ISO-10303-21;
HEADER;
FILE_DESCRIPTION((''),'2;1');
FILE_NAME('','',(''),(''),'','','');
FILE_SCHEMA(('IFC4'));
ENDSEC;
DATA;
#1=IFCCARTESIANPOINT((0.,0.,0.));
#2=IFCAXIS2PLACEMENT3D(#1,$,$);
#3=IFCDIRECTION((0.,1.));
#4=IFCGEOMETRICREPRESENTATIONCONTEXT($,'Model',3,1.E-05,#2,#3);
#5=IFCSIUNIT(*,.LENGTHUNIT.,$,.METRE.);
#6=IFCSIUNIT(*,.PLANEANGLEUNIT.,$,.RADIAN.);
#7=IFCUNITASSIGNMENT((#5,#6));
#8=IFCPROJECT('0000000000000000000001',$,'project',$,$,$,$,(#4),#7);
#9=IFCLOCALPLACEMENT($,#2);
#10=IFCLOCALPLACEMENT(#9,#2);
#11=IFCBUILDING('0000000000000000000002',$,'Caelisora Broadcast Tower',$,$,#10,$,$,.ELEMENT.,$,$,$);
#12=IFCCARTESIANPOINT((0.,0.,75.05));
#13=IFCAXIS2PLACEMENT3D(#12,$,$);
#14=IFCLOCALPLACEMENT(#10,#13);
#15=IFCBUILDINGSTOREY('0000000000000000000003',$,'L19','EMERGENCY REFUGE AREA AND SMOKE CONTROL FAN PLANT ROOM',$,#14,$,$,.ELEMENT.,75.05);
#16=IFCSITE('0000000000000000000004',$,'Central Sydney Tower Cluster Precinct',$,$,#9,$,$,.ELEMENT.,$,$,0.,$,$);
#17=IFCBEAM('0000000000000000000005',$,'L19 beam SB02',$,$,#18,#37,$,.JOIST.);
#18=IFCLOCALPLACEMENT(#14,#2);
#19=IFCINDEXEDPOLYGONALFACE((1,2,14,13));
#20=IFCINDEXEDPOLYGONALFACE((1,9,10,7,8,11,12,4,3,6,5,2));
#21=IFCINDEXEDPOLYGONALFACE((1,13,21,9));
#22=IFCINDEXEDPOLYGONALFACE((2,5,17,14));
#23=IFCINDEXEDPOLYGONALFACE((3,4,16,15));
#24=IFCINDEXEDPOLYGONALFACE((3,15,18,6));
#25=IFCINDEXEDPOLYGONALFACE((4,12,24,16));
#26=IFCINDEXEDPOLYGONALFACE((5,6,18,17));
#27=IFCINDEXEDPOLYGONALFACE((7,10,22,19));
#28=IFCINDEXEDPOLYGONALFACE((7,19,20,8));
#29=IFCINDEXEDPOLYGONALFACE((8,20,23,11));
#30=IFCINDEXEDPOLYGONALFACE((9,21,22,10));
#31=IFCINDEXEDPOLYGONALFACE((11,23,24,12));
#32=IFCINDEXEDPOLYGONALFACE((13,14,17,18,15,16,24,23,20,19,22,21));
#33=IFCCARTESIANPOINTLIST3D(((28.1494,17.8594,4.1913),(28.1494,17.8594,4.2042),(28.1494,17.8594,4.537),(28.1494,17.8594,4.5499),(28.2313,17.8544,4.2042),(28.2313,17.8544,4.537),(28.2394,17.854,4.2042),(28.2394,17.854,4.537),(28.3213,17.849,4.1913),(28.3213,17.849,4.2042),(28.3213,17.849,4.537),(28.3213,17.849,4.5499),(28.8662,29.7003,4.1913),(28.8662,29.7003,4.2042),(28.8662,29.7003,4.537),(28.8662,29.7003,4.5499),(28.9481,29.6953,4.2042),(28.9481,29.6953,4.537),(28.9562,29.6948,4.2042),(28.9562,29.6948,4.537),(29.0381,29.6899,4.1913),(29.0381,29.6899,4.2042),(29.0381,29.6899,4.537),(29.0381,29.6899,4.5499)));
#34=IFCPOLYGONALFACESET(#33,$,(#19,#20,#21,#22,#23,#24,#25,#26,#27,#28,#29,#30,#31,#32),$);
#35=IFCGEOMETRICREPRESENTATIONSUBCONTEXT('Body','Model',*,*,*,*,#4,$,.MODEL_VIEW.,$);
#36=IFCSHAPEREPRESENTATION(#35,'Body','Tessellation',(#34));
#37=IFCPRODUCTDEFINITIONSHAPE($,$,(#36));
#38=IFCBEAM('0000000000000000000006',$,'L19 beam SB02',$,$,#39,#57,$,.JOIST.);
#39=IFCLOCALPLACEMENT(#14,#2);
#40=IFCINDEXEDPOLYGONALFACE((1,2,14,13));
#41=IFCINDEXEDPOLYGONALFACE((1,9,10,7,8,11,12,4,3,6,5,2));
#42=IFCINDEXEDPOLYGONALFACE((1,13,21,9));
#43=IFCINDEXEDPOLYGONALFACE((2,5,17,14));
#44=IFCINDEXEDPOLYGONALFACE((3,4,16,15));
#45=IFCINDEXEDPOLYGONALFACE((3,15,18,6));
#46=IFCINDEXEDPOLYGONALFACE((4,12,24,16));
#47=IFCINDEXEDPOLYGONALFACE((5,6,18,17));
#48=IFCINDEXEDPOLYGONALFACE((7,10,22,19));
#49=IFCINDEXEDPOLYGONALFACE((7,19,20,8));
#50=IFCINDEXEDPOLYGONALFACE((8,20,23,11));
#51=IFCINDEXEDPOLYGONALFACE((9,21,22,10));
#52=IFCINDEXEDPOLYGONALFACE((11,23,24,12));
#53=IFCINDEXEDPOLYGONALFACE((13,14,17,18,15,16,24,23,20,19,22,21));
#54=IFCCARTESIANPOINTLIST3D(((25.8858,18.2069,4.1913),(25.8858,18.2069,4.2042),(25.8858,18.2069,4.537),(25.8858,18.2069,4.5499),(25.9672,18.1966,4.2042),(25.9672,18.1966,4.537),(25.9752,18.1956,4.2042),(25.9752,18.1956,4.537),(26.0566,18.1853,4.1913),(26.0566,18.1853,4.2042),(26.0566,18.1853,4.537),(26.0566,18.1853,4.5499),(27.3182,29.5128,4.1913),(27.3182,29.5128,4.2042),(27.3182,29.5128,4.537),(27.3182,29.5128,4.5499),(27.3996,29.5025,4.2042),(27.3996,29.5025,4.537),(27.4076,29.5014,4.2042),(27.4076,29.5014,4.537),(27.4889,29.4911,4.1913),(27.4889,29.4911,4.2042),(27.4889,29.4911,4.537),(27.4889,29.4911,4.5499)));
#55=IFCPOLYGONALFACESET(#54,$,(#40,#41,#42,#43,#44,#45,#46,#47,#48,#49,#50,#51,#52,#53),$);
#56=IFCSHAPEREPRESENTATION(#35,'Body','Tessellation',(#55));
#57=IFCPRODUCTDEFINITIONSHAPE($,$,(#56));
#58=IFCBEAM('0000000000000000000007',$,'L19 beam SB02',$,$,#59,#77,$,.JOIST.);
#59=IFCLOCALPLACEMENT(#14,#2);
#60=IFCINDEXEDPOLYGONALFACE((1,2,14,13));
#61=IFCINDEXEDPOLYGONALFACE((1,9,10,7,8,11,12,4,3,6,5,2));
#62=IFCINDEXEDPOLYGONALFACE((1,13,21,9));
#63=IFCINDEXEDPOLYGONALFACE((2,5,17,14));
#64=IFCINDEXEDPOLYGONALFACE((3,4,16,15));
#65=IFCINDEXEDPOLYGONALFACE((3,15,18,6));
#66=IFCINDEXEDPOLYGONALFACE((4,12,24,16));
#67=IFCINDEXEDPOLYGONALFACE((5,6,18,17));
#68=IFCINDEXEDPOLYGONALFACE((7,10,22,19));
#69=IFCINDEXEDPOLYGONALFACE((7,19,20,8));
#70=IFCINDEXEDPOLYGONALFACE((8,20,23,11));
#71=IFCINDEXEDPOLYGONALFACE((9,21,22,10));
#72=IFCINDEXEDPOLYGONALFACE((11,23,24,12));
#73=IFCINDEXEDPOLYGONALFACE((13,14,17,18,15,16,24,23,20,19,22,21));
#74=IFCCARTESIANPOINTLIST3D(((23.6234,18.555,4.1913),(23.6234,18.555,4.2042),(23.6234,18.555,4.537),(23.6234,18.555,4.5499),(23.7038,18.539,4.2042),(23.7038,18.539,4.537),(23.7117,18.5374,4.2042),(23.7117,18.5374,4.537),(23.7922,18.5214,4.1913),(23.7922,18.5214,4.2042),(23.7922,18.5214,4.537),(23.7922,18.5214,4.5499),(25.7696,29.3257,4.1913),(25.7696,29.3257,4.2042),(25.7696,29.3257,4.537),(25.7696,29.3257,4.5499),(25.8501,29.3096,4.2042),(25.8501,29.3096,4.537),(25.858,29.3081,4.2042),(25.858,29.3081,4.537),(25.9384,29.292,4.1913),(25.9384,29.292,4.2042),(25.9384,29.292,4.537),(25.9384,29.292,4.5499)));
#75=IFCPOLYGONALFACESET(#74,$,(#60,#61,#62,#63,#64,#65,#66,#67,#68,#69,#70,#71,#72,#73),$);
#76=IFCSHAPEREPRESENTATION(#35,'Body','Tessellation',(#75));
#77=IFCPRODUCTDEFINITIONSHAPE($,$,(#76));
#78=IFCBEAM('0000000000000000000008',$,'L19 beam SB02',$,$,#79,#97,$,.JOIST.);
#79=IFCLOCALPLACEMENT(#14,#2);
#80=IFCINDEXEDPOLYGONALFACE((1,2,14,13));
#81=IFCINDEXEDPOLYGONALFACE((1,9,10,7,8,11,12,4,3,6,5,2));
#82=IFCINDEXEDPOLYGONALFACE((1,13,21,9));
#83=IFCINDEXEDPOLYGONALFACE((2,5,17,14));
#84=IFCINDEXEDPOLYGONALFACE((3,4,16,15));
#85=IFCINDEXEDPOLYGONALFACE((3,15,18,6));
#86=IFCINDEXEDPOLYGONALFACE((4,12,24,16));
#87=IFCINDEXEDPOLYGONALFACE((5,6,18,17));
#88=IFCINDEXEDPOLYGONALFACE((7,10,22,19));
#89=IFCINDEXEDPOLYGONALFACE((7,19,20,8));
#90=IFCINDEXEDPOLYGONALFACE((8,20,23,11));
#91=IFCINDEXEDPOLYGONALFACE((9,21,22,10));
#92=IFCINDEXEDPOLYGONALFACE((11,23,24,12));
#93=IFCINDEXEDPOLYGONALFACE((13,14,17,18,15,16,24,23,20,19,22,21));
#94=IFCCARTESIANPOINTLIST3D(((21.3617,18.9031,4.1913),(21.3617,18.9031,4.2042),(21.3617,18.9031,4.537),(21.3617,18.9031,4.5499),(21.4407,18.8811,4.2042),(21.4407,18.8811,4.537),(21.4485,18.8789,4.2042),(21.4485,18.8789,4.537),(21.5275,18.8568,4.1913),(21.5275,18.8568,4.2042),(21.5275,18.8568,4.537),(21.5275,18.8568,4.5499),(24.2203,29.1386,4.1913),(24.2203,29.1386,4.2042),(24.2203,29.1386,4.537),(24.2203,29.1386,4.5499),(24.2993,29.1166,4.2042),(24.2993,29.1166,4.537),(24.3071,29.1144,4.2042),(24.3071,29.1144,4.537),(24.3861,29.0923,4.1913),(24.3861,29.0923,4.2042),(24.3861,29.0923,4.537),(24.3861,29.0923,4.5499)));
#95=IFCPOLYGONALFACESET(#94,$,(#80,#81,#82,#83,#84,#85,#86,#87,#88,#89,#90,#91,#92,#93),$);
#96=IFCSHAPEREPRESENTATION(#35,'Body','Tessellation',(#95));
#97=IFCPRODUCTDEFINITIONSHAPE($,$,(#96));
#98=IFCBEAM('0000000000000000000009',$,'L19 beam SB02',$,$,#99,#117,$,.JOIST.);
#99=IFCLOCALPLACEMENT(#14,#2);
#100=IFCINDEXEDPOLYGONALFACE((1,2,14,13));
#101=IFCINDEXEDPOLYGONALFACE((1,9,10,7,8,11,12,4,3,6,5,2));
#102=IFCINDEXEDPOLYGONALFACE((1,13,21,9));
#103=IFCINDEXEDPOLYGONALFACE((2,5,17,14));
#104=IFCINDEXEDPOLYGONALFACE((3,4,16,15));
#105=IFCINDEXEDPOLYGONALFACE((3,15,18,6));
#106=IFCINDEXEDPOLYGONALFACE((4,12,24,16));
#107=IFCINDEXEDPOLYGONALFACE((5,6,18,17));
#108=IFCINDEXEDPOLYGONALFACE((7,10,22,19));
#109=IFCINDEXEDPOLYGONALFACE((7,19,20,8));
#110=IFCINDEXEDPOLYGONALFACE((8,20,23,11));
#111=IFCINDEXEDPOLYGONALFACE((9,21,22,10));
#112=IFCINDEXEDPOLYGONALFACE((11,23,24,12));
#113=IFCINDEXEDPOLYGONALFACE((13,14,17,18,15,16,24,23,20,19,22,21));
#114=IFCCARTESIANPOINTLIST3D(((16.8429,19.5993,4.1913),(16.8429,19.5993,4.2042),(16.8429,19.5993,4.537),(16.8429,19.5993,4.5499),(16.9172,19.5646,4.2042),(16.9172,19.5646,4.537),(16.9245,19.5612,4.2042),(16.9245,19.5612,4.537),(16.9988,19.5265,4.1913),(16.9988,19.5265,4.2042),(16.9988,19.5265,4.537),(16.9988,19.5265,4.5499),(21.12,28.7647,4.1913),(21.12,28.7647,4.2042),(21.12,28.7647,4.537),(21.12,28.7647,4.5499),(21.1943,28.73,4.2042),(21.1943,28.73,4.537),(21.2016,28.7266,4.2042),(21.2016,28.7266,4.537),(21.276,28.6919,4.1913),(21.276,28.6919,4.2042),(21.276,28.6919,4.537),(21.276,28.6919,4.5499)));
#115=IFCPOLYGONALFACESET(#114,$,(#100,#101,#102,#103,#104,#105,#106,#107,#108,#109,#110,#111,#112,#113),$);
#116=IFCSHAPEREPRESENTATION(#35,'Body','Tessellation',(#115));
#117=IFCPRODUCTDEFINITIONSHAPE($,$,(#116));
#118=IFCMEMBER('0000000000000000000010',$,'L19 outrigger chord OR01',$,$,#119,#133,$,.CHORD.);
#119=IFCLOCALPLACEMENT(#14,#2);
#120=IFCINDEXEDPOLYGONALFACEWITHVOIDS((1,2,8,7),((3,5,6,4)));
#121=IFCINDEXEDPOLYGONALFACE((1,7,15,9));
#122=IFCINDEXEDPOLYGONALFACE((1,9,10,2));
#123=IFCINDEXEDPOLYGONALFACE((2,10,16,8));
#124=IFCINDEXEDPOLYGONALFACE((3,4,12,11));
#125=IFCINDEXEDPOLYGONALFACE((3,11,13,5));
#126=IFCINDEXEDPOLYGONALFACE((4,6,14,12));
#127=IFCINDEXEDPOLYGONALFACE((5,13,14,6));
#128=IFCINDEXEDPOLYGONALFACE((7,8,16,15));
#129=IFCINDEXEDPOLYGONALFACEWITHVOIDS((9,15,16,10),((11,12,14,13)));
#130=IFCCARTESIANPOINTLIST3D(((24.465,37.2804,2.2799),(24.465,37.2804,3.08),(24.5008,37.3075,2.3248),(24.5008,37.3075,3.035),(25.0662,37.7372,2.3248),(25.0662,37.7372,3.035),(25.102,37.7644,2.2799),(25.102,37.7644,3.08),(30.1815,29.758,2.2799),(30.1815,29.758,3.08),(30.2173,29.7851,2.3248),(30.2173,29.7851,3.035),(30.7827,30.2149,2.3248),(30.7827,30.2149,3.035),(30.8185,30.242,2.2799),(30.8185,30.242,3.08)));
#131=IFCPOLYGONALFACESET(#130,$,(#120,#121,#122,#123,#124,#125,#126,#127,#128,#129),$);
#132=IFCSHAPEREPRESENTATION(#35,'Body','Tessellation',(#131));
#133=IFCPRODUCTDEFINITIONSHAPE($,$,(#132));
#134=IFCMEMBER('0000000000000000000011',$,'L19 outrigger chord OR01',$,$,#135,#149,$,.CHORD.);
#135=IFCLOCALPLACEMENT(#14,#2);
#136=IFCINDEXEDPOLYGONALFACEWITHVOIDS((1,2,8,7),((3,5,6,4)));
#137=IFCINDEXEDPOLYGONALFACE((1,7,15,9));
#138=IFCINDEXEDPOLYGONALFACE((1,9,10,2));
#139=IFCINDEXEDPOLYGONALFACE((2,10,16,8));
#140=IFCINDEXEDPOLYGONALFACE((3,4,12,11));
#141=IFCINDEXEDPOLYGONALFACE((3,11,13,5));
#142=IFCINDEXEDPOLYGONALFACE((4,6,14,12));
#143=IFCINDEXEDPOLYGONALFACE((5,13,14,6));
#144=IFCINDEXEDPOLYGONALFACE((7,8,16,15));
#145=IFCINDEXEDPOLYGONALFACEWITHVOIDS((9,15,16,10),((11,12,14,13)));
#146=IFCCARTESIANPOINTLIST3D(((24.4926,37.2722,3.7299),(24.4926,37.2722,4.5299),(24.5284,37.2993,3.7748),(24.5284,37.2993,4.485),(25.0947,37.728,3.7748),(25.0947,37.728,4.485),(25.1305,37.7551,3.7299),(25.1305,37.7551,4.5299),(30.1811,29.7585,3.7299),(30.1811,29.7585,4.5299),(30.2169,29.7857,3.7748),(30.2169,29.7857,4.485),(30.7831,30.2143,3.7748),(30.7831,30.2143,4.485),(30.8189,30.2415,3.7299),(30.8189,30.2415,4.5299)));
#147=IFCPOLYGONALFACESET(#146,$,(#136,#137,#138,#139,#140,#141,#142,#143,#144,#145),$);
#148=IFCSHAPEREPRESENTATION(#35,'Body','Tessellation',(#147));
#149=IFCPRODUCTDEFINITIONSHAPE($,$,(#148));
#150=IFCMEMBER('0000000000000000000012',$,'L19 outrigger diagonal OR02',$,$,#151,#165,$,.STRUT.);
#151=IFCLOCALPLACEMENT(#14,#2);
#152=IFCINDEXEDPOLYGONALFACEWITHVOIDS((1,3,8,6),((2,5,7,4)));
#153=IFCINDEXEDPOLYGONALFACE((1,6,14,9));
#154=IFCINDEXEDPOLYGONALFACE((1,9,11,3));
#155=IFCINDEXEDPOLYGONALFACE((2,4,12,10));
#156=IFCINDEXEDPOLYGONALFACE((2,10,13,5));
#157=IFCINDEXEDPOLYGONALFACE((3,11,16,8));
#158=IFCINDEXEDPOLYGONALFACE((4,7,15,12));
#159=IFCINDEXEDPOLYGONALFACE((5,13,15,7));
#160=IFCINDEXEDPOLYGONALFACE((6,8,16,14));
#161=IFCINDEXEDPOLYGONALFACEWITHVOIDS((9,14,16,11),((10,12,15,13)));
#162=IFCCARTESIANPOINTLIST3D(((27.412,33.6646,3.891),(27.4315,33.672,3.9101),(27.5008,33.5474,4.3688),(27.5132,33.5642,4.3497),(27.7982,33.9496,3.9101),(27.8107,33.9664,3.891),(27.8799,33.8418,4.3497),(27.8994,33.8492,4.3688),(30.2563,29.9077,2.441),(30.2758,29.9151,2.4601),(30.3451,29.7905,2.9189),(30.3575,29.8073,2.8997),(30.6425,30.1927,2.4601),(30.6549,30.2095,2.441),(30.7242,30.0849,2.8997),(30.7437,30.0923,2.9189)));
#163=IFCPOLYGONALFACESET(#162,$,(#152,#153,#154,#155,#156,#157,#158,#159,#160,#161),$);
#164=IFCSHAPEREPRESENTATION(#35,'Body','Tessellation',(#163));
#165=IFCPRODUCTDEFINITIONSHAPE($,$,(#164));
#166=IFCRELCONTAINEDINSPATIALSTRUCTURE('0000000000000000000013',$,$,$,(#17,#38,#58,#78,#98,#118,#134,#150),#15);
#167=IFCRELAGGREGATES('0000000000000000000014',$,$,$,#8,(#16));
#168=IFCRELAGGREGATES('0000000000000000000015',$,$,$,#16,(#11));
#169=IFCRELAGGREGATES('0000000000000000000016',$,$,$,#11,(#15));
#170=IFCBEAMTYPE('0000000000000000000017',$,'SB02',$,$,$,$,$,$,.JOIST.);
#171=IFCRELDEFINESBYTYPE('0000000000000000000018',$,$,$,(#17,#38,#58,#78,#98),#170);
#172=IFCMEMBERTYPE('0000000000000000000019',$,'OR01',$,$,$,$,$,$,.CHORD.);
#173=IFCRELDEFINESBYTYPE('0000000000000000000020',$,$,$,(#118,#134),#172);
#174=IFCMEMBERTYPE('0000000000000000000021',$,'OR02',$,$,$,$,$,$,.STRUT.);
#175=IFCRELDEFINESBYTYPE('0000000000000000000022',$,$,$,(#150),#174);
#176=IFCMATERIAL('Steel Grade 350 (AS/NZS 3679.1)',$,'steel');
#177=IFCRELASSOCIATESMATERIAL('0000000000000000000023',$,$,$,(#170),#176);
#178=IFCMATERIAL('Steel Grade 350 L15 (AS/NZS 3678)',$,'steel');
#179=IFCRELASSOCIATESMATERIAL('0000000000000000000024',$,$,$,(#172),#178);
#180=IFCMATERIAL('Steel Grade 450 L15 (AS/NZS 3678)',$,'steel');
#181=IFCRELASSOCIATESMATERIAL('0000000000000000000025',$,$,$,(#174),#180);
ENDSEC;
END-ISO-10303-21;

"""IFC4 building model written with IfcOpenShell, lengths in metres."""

from ifc_helpers import new_model, si_unit, direction, frame, origin, origin_2d, place, context, subcontext, project, spatial, hollow_rectangle, i_section, extrude, source, transform, mapped, material, material_profile, profile_set, type_object, type_shapes, element, save


model = new_model("IFC4")

# Units and contexts
model_context = context("Model", 3, precision=1e-05, world=origin(), true_north=direction((0.0, 1.0)))
body_context = subcontext(model_context, "Body", "Model", "MODEL_VIEW")
ifc_project = project(units=[si_unit("LENGTHUNIT", "METRE"), si_unit("PLANEANGLEUNIT", "RADIAN")], contexts=[model_context])

# Site, building, storey
site_placement = place(None, origin())
site = spatial("IfcSite", under=ifc_project, at=site_placement, Name="Central Sydney Tower Cluster Precinct", CompositionType="ELEMENT", RefElevation=0.0)
building_placement = place(site_placement, origin())
building = spatial("IfcBuilding", under=site, at=building_placement, Name="Caelisora Broadcast Tower", CompositionType="ELEMENT")
storey_placement = place(building_placement, frame((0.0, 0.0, 75.05)))
storey = spatial("IfcBuildingStorey", under=building, at=storey_placement, Name="L19", Description="EMERGENCY REFUGE AREA AND SMOKE CONTROL FAN PLANT ROOM", CompositionType="ELEMENT", Elevation=75.05)

# Shared definitions
ifc_material_1 = material(Name="Steel Grade 350 (AS/NZS 3679.1)", Category="steel")
ifc_material_2 = material(Name="Steel Grade 350 L15 (AS/NZS 3678)", Category="steel")

# Beams
ifc_material_profile_1 = material_profile(ifc_material_1, i_section(OverallWidth=0.1721, OverallDepth=0.3586, WebThickness=0.0081, FlangeThickness=0.0129, at=origin_2d()), Name="Steel Grade 350 (AS/NZS 3679.1)")
ifc_profile_set_1 = profile_set([ifc_material_profile_1], Name="Steel Grade 350 (AS/NZS 3679.1)")
beam_type_1 = type_object("IfcBeamType", Name="SB02", PredefinedType="JOIST", material=ifc_profile_set_1)
shared_shape_1 = source(origin(), body_context, "Body", "SweptSolid", [
    extrude(i_section(OverallWidth=0.1721, OverallDepth=0.3586, WebThickness=0.0081, FlangeThickness=0.0129, at=origin_2d()), origin(), (0.0, 0.0, 1.0), 11.8625),
])
beam_1_placement = place(storey_placement, frame((28.9521, 29.6951, 4.3706), z_axis=(-0.060425, -0.998173, 0.0), x_axis=(0.998173, -0.060425, 0.0)))
element("IfcBeam", 1, at=beam_1_placement, inside=storey, type_object=beam_type_1, Name="L19 beam SB02", PredefinedType="JOIST", context=body_context, shape_type="MappedRepresentation", body=[
    mapped(shared_shape_1, transform((0.0, 0.0, 0.0), scale=1.0)),
])
shared_shape_2 = source(origin(), body_context, "Body", "SweptSolid", [
    extrude(i_section(OverallWidth=0.1721, OverallDepth=0.3586, WebThickness=0.0081, FlangeThickness=0.0129, at=origin_2d()), origin(), (0.0, 0.0, 1.0), 11.3962),
])
beam_2_placement = place(storey_placement, frame((27.4036, 29.502, 4.3706), z_axis=(-0.125688, -0.99207, 0.0), x_axis=(0.99207, -0.125688, 0.0)))
element("IfcBeam", 2, at=beam_2_placement, inside=storey, type_object=beam_type_1, Name="L19 beam SB02", PredefinedType="JOIST", context=body_context, shape_type="MappedRepresentation", body=[
    mapped(shared_shape_2, transform((0.0, 0.0, 0.0), scale=1.0)),
])
shared_shape_3 = source(origin(), body_context, "Body", "SweptSolid", [
    extrude(i_section(OverallWidth=0.1721, OverallDepth=0.3586, WebThickness=0.0081, FlangeThickness=0.0129, at=origin_2d()), origin(), (0.0, 0.0, 1.0), 10.9824),
])
beam_3_placement = place(storey_placement, frame((25.854, 29.3088, 4.3706), z_axis=(-0.195424, -0.980719, 0.0), x_axis=(0.980719, -0.195424, 0.0)))
element("IfcBeam", 3, at=beam_3_placement, inside=storey, type_object=beam_type_1, Name="L19 beam SB02", PredefinedType="JOIST", context=body_context, shape_type="MappedRepresentation", body=[
    mapped(shared_shape_3, transform((0.0, 0.0, 0.0), scale=1.0)),
])
shared_shape_4 = source(origin(), body_context, "Body", "SweptSolid", [
    extrude(i_section(OverallWidth=0.1721, OverallDepth=0.3586, WebThickness=0.0081, FlangeThickness=0.0129, at=origin_2d()), origin(), (0.0, 0.0, 1.0), 10.6272),
])
beam_4_placement = place(storey_placement, frame((24.3032, 29.1155, 4.3706), z_axis=(-0.268991, -0.963143, 0.0), x_axis=(0.963143, -0.268991, 0.0)))
element("IfcBeam", 4, at=beam_4_placement, inside=storey, type_object=beam_type_1, Name="L19 beam SB02", PredefinedType="JOIST", context=body_context, shape_type="MappedRepresentation", body=[
    mapped(shared_shape_4, transform((0.0, 0.0, 0.0), scale=1.0)),
])
shared_shape_5 = source(origin(), body_context, "Body", "SweptSolid", [
    extrude(i_section(OverallWidth=0.1721, OverallDepth=0.3586, WebThickness=0.0081, FlangeThickness=0.0129, at=origin_2d()), origin(), (0.0, 0.0, 1.0), 10.1143),
])
beam_5_placement = place(storey_placement, frame((21.198, 28.7283, 4.3706), z_axis=(-0.422883, -0.906184, 0.0), x_axis=(0.906184, -0.422883, 0.0)))
element("IfcBeam", 5, at=beam_5_placement, inside=storey, type_object=beam_type_1, Name="L19 beam SB02", PredefinedType="JOIST", context=body_context, shape_type="MappedRepresentation", body=[
    mapped(shared_shape_5, transform((0.0, 0.0, 0.0), scale=1.0)),
])

# Members
ifc_material_profile_2 = material_profile(ifc_material_2, hollow_rectangle(XDim=0.8, YDim=0.8, WallThickness=0.0449, at=origin_2d()), Name="Steel Grade 350 L15 (AS/NZS 3678)")
ifc_profile_set_2 = profile_set([ifc_material_profile_2], Name="Steel Grade 350 L15 (AS/NZS 3678)")
member_type_1 = type_object("IfcMemberType", Name="OR01", PredefinedType="CHORD", material=ifc_profile_set_2)
shared_shape_6 = source(origin(), body_context, "Body", "SweptSolid", [
    extrude(hollow_rectangle(XDim=0.8, YDim=0.8, WallThickness=0.0449, at=origin_2d()), origin(), (0.0, 0.0, 1.0), 9.448),
])
member_1_placement = place(storey_placement, frame((30.5, 30.0, 2.6799), z_axis=(-0.605049, 0.796189, 0.0), x_axis=(-0.796189, -0.605049, 0.0)))
element("IfcMember", 6, at=member_1_placement, inside=storey, type_object=member_type_1, Name="L19 outrigger chord OR01", PredefinedType="CHORD", context=body_context, shape_type="MappedRepresentation", body=[
    mapped(shared_shape_6, transform((0.0, 0.0, 0.0), scale=1.0)),
])
shared_shape_7 = source(origin(), body_context, "Body", "SweptSolid", [
    extrude(hollow_rectangle(XDim=0.8, YDim=0.8, WallThickness=0.0449, at=origin_2d()), origin(), (0.0, 0.0, 1.0), 9.4241),
])
type_shapes(member_type_1, [shared_shape_6, shared_shape_7])
member_2_placement = place(storey_placement, frame((30.5, 30.0, 4.1299), z_axis=(-0.603608, 0.797281, 0.0), x_axis=(-0.797281, -0.603608, 0.0)))
element("IfcMember", 7, at=member_2_placement, inside=storey, type_object=member_type_1, Name="L19 outrigger chord OR01", PredefinedType="CHORD", context=body_context, shape_type="MappedRepresentation", body=[
    mapped(shared_shape_7, transform((0.0, 0.0, 0.0), scale=1.0)),
])
ifc_material_3 = material(Name="Steel Grade 450 L15 (AS/NZS 3678)", Category="steel")
ifc_material_profile_3 = material_profile(ifc_material_3, hollow_rectangle(XDim=0.5, YDim=0.5, WallThickness=0.02, at=origin_2d()), Name="Steel Grade 450 L15 (AS/NZS 3678)")
ifc_profile_set_3 = profile_set([ifc_material_profile_3], Name="Steel Grade 450 L15 (AS/NZS 3678)")
member_type_2 = type_object("IfcMemberType", Name="OR02", PredefinedType="STRUT", material=ifc_profile_set_3)
shared_shape_8 = source(origin(), body_context, "Body", "SweptSolid", [
    extrude(hollow_rectangle(XDim=0.5, YDim=0.5, WallThickness=0.02, at=origin_2d()), origin(), (0.0, 0.0, 1.0), 4.9302),
])
type_shapes(member_type_2, [shared_shape_8])
member_3_placement = place(storey_placement, frame((30.5, 30.0, 2.6799), z_axis=(-0.576913, 0.762021, 0.294102), x_axis=(-0.797281, -0.603608, 0.0)))
element("IfcMember", 8, at=member_3_placement, inside=storey, type_object=member_type_2, Name="L19 outrigger diagonal OR02", PredefinedType="STRUT", context=body_context, shape_type="MappedRepresentation", body=[
    mapped(shared_shape_8, transform((0.0, 0.0, 0.0), scale=1.0)),
])

save(model, "model.ifc")
